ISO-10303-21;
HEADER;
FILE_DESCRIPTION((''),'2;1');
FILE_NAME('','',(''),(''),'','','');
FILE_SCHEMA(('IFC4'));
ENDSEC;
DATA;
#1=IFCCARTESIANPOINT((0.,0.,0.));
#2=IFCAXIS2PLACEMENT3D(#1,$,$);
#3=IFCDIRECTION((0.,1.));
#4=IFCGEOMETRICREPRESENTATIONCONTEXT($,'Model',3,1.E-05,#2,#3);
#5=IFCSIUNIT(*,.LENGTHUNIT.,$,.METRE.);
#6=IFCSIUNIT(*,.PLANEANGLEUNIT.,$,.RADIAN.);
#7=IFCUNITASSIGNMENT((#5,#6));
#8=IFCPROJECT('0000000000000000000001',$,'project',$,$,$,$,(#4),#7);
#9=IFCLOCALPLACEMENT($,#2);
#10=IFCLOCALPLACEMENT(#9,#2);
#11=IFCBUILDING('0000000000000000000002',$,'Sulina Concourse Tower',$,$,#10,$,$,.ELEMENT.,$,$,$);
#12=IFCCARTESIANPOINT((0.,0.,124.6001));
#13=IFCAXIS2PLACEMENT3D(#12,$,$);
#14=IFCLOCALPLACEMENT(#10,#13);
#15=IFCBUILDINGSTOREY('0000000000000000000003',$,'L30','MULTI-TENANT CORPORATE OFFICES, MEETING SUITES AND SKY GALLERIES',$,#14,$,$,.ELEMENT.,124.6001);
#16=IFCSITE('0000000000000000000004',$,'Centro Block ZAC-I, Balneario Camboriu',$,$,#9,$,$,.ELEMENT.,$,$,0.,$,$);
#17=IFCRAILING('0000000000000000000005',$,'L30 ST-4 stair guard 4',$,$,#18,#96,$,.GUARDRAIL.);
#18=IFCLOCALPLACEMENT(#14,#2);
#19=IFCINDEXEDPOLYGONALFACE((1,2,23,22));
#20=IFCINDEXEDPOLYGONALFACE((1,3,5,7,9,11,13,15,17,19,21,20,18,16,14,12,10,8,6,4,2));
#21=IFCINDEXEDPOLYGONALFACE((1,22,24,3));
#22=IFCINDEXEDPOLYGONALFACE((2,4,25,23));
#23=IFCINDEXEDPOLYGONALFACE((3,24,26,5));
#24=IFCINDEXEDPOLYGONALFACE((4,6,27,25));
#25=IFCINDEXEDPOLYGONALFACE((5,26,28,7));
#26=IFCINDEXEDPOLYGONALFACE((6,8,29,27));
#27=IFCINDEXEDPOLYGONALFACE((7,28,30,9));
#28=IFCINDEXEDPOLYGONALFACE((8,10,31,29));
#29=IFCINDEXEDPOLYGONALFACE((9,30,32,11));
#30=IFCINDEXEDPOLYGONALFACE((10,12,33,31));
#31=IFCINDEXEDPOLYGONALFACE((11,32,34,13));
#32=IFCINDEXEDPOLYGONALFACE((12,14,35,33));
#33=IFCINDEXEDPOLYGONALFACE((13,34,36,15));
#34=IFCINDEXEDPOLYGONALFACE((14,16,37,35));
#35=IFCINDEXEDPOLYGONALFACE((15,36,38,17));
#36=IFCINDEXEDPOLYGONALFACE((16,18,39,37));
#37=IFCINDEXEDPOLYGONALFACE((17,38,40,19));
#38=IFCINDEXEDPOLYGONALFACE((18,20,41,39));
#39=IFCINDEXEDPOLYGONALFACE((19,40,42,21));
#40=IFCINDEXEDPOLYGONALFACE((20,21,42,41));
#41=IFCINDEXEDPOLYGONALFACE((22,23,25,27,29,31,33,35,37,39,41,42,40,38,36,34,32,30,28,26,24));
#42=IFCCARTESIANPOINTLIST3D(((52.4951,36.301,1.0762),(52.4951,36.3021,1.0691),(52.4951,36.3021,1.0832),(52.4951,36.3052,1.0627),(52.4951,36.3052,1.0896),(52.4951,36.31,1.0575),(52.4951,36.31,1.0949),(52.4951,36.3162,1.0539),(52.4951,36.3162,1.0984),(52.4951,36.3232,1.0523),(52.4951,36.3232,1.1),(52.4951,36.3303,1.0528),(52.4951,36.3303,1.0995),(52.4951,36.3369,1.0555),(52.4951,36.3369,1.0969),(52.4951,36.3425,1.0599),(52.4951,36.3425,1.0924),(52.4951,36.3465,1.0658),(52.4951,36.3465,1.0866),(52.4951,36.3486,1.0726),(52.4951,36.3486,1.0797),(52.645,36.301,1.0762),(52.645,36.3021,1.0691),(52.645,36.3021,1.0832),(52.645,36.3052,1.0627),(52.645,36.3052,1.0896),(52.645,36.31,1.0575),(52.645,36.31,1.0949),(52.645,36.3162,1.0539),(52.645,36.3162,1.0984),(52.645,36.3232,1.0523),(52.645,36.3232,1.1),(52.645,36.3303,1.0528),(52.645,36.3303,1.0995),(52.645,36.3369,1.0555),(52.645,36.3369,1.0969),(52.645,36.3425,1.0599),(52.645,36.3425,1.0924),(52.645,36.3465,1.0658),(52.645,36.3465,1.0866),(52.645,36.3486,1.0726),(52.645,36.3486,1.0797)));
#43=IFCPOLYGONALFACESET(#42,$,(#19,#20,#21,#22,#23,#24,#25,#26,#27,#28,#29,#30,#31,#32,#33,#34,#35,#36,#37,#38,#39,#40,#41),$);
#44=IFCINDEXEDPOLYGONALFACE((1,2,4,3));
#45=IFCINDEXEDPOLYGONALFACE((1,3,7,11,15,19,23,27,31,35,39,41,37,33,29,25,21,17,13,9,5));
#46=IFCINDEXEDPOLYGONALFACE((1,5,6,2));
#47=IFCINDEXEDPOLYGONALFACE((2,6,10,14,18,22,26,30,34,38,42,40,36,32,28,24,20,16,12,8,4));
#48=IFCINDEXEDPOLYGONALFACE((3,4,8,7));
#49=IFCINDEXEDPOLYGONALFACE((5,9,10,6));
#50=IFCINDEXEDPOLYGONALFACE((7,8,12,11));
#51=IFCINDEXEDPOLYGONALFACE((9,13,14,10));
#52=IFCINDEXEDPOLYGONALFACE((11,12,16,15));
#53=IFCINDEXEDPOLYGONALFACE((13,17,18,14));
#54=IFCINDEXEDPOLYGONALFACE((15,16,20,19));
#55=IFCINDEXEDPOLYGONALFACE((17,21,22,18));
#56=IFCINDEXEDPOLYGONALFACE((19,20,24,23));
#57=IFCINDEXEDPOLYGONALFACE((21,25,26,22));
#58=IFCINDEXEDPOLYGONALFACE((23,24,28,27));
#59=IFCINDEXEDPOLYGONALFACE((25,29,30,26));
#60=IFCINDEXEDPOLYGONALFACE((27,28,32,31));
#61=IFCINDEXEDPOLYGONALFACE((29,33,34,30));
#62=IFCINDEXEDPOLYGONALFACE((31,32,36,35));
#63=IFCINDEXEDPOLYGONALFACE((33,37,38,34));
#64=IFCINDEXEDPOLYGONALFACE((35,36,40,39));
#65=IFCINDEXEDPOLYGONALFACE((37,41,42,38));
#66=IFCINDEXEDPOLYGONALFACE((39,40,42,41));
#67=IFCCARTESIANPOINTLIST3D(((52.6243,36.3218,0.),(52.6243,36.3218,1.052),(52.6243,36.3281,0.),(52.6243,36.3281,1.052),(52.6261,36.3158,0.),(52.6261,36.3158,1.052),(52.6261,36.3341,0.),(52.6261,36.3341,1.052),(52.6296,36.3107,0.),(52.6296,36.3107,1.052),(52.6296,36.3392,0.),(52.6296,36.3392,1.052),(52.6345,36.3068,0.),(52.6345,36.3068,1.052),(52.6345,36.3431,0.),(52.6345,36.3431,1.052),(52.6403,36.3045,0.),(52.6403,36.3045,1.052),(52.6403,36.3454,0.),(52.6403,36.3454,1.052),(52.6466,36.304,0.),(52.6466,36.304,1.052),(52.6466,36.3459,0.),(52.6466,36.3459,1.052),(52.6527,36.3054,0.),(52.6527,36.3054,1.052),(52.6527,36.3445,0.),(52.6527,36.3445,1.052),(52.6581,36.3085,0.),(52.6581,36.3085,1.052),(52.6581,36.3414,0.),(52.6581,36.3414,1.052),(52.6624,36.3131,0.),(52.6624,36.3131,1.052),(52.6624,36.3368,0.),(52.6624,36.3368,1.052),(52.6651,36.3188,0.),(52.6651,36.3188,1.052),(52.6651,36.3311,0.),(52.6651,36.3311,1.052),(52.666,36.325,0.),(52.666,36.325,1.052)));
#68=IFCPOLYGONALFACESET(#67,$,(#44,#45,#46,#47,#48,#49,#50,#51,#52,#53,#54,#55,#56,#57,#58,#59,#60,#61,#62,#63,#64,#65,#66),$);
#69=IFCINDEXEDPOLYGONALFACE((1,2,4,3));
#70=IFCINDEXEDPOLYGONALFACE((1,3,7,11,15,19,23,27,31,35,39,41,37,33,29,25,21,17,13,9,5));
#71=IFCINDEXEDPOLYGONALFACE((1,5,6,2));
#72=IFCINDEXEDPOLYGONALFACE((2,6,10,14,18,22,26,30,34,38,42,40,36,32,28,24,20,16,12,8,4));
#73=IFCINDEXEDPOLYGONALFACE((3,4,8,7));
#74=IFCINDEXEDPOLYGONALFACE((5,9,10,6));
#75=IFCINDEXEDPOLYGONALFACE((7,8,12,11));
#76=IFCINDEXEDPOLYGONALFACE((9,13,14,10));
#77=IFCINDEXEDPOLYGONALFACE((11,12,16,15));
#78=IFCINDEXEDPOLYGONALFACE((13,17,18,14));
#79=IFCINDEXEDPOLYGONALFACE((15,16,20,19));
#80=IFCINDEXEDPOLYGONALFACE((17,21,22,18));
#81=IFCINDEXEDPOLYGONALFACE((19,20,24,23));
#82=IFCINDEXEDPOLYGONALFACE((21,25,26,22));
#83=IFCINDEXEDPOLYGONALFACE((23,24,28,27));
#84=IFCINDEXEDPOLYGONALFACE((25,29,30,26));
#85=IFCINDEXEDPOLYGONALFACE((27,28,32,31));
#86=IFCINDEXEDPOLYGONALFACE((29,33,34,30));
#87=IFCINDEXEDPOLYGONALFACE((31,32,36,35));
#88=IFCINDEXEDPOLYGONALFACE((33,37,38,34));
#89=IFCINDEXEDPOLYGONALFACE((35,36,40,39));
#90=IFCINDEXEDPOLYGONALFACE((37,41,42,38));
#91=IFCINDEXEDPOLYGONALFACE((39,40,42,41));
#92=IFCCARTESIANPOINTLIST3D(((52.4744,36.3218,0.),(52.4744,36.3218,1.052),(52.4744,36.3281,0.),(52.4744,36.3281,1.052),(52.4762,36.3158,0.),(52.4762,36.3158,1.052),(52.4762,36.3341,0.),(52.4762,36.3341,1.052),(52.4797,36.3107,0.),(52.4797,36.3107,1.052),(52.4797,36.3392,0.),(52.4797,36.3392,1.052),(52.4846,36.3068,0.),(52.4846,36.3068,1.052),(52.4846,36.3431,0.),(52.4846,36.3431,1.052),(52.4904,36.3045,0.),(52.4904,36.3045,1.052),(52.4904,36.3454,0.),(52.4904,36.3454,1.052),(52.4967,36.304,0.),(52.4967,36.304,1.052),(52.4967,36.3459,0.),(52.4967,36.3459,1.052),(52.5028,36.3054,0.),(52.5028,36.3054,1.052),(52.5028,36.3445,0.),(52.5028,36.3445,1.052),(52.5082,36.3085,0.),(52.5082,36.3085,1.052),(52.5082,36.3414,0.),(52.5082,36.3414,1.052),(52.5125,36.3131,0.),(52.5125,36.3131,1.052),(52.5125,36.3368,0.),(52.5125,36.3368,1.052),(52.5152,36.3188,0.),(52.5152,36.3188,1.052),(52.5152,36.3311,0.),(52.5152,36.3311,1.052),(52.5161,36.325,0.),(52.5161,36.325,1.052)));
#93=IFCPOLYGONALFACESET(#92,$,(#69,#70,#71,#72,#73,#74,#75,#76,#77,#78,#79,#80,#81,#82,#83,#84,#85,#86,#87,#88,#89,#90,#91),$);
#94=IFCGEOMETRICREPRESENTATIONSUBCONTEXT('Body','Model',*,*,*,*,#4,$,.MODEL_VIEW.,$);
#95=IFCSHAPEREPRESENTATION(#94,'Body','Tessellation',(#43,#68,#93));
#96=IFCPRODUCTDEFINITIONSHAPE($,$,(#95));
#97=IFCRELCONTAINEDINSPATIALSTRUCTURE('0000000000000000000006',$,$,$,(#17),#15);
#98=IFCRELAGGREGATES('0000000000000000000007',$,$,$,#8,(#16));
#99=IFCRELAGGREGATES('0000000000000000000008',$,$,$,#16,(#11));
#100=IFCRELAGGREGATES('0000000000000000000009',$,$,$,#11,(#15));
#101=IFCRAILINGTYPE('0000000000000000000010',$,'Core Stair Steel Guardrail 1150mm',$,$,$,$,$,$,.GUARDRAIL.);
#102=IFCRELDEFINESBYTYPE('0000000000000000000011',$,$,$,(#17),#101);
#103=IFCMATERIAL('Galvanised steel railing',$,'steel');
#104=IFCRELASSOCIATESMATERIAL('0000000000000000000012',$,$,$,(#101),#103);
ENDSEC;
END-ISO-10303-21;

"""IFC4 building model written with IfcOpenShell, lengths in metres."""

from ifc_helpers import new_model, si_unit, direction, frame, origin, origin_2d, place, context, subcontext, project, spatial, circle, extrude, material, type_object, element, save


model = new_model("IFC4")

# Units and contexts
model_context = context("Model", 3, precision=1e-05, world=origin(), true_north=direction((0.0, 1.0)))
body_context = subcontext(model_context, "Body", "Model", "MODEL_VIEW")
ifc_project = project(units=[si_unit("LENGTHUNIT", "METRE"), si_unit("PLANEANGLEUNIT", "RADIAN")], contexts=[model_context])

# Site, building, storey
site_placement = place(None, origin())
site = spatial("IfcSite", under=ifc_project, at=site_placement, Name="Centro Block ZAC-I, Balneario Camboriu", CompositionType="ELEMENT", RefElevation=0.0)
building_placement = place(site_placement, origin())
building = spatial("IfcBuilding", under=site, at=building_placement, Name="Sulina Concourse Tower", CompositionType="ELEMENT")
storey_placement = place(building_placement, frame((0.0, 0.0, 124.6001)))
storey = spatial("IfcBuildingStorey", under=building, at=storey_placement, Name="L30", Description="MULTI-TENANT CORPORATE OFFICES, MEETING SUITES AND SKY GALLERIES", CompositionType="ELEMENT", Elevation=124.6001)

# Railing
ifc_material_1 = material(Name="Galvanised steel railing", Category="steel")
railing_type_1 = type_object("IfcRailingType", Name="Core Stair Steel Guardrail 1150mm", PredefinedType="GUARDRAIL", material=ifc_material_1)
railing_1_placement = place(storey_placement, frame((52.645, 36.325, 0.0)))
element("IfcRailing", 1, at=railing_1_placement, inside=storey, type_object=railing_type_1, Name="L30 ST-4 stair guard 4", PredefinedType="GUARDRAIL", context=body_context, shape_type="SweptSolid", body=[
    extrude(circle(Radius=0.0239, at=origin_2d()), frame((0.0, 0.0, 1.0762), z_axis=(-1.0, 0.0, 0.0), x_axis=(0.0, -1.0, 0.0)), (0.0, 0.0, 1.0), 0.1499),
    extrude(circle(Radius=0.021, at=origin_2d()), origin(), (0.0, 0.0, 1.0), 1.052),
    extrude(circle(Radius=0.021, at=origin_2d()), frame((-0.1499, 0.0, 0.0)), (0.0, 0.0, 1.0), 1.052),
])

save(model, "model.ifc")
